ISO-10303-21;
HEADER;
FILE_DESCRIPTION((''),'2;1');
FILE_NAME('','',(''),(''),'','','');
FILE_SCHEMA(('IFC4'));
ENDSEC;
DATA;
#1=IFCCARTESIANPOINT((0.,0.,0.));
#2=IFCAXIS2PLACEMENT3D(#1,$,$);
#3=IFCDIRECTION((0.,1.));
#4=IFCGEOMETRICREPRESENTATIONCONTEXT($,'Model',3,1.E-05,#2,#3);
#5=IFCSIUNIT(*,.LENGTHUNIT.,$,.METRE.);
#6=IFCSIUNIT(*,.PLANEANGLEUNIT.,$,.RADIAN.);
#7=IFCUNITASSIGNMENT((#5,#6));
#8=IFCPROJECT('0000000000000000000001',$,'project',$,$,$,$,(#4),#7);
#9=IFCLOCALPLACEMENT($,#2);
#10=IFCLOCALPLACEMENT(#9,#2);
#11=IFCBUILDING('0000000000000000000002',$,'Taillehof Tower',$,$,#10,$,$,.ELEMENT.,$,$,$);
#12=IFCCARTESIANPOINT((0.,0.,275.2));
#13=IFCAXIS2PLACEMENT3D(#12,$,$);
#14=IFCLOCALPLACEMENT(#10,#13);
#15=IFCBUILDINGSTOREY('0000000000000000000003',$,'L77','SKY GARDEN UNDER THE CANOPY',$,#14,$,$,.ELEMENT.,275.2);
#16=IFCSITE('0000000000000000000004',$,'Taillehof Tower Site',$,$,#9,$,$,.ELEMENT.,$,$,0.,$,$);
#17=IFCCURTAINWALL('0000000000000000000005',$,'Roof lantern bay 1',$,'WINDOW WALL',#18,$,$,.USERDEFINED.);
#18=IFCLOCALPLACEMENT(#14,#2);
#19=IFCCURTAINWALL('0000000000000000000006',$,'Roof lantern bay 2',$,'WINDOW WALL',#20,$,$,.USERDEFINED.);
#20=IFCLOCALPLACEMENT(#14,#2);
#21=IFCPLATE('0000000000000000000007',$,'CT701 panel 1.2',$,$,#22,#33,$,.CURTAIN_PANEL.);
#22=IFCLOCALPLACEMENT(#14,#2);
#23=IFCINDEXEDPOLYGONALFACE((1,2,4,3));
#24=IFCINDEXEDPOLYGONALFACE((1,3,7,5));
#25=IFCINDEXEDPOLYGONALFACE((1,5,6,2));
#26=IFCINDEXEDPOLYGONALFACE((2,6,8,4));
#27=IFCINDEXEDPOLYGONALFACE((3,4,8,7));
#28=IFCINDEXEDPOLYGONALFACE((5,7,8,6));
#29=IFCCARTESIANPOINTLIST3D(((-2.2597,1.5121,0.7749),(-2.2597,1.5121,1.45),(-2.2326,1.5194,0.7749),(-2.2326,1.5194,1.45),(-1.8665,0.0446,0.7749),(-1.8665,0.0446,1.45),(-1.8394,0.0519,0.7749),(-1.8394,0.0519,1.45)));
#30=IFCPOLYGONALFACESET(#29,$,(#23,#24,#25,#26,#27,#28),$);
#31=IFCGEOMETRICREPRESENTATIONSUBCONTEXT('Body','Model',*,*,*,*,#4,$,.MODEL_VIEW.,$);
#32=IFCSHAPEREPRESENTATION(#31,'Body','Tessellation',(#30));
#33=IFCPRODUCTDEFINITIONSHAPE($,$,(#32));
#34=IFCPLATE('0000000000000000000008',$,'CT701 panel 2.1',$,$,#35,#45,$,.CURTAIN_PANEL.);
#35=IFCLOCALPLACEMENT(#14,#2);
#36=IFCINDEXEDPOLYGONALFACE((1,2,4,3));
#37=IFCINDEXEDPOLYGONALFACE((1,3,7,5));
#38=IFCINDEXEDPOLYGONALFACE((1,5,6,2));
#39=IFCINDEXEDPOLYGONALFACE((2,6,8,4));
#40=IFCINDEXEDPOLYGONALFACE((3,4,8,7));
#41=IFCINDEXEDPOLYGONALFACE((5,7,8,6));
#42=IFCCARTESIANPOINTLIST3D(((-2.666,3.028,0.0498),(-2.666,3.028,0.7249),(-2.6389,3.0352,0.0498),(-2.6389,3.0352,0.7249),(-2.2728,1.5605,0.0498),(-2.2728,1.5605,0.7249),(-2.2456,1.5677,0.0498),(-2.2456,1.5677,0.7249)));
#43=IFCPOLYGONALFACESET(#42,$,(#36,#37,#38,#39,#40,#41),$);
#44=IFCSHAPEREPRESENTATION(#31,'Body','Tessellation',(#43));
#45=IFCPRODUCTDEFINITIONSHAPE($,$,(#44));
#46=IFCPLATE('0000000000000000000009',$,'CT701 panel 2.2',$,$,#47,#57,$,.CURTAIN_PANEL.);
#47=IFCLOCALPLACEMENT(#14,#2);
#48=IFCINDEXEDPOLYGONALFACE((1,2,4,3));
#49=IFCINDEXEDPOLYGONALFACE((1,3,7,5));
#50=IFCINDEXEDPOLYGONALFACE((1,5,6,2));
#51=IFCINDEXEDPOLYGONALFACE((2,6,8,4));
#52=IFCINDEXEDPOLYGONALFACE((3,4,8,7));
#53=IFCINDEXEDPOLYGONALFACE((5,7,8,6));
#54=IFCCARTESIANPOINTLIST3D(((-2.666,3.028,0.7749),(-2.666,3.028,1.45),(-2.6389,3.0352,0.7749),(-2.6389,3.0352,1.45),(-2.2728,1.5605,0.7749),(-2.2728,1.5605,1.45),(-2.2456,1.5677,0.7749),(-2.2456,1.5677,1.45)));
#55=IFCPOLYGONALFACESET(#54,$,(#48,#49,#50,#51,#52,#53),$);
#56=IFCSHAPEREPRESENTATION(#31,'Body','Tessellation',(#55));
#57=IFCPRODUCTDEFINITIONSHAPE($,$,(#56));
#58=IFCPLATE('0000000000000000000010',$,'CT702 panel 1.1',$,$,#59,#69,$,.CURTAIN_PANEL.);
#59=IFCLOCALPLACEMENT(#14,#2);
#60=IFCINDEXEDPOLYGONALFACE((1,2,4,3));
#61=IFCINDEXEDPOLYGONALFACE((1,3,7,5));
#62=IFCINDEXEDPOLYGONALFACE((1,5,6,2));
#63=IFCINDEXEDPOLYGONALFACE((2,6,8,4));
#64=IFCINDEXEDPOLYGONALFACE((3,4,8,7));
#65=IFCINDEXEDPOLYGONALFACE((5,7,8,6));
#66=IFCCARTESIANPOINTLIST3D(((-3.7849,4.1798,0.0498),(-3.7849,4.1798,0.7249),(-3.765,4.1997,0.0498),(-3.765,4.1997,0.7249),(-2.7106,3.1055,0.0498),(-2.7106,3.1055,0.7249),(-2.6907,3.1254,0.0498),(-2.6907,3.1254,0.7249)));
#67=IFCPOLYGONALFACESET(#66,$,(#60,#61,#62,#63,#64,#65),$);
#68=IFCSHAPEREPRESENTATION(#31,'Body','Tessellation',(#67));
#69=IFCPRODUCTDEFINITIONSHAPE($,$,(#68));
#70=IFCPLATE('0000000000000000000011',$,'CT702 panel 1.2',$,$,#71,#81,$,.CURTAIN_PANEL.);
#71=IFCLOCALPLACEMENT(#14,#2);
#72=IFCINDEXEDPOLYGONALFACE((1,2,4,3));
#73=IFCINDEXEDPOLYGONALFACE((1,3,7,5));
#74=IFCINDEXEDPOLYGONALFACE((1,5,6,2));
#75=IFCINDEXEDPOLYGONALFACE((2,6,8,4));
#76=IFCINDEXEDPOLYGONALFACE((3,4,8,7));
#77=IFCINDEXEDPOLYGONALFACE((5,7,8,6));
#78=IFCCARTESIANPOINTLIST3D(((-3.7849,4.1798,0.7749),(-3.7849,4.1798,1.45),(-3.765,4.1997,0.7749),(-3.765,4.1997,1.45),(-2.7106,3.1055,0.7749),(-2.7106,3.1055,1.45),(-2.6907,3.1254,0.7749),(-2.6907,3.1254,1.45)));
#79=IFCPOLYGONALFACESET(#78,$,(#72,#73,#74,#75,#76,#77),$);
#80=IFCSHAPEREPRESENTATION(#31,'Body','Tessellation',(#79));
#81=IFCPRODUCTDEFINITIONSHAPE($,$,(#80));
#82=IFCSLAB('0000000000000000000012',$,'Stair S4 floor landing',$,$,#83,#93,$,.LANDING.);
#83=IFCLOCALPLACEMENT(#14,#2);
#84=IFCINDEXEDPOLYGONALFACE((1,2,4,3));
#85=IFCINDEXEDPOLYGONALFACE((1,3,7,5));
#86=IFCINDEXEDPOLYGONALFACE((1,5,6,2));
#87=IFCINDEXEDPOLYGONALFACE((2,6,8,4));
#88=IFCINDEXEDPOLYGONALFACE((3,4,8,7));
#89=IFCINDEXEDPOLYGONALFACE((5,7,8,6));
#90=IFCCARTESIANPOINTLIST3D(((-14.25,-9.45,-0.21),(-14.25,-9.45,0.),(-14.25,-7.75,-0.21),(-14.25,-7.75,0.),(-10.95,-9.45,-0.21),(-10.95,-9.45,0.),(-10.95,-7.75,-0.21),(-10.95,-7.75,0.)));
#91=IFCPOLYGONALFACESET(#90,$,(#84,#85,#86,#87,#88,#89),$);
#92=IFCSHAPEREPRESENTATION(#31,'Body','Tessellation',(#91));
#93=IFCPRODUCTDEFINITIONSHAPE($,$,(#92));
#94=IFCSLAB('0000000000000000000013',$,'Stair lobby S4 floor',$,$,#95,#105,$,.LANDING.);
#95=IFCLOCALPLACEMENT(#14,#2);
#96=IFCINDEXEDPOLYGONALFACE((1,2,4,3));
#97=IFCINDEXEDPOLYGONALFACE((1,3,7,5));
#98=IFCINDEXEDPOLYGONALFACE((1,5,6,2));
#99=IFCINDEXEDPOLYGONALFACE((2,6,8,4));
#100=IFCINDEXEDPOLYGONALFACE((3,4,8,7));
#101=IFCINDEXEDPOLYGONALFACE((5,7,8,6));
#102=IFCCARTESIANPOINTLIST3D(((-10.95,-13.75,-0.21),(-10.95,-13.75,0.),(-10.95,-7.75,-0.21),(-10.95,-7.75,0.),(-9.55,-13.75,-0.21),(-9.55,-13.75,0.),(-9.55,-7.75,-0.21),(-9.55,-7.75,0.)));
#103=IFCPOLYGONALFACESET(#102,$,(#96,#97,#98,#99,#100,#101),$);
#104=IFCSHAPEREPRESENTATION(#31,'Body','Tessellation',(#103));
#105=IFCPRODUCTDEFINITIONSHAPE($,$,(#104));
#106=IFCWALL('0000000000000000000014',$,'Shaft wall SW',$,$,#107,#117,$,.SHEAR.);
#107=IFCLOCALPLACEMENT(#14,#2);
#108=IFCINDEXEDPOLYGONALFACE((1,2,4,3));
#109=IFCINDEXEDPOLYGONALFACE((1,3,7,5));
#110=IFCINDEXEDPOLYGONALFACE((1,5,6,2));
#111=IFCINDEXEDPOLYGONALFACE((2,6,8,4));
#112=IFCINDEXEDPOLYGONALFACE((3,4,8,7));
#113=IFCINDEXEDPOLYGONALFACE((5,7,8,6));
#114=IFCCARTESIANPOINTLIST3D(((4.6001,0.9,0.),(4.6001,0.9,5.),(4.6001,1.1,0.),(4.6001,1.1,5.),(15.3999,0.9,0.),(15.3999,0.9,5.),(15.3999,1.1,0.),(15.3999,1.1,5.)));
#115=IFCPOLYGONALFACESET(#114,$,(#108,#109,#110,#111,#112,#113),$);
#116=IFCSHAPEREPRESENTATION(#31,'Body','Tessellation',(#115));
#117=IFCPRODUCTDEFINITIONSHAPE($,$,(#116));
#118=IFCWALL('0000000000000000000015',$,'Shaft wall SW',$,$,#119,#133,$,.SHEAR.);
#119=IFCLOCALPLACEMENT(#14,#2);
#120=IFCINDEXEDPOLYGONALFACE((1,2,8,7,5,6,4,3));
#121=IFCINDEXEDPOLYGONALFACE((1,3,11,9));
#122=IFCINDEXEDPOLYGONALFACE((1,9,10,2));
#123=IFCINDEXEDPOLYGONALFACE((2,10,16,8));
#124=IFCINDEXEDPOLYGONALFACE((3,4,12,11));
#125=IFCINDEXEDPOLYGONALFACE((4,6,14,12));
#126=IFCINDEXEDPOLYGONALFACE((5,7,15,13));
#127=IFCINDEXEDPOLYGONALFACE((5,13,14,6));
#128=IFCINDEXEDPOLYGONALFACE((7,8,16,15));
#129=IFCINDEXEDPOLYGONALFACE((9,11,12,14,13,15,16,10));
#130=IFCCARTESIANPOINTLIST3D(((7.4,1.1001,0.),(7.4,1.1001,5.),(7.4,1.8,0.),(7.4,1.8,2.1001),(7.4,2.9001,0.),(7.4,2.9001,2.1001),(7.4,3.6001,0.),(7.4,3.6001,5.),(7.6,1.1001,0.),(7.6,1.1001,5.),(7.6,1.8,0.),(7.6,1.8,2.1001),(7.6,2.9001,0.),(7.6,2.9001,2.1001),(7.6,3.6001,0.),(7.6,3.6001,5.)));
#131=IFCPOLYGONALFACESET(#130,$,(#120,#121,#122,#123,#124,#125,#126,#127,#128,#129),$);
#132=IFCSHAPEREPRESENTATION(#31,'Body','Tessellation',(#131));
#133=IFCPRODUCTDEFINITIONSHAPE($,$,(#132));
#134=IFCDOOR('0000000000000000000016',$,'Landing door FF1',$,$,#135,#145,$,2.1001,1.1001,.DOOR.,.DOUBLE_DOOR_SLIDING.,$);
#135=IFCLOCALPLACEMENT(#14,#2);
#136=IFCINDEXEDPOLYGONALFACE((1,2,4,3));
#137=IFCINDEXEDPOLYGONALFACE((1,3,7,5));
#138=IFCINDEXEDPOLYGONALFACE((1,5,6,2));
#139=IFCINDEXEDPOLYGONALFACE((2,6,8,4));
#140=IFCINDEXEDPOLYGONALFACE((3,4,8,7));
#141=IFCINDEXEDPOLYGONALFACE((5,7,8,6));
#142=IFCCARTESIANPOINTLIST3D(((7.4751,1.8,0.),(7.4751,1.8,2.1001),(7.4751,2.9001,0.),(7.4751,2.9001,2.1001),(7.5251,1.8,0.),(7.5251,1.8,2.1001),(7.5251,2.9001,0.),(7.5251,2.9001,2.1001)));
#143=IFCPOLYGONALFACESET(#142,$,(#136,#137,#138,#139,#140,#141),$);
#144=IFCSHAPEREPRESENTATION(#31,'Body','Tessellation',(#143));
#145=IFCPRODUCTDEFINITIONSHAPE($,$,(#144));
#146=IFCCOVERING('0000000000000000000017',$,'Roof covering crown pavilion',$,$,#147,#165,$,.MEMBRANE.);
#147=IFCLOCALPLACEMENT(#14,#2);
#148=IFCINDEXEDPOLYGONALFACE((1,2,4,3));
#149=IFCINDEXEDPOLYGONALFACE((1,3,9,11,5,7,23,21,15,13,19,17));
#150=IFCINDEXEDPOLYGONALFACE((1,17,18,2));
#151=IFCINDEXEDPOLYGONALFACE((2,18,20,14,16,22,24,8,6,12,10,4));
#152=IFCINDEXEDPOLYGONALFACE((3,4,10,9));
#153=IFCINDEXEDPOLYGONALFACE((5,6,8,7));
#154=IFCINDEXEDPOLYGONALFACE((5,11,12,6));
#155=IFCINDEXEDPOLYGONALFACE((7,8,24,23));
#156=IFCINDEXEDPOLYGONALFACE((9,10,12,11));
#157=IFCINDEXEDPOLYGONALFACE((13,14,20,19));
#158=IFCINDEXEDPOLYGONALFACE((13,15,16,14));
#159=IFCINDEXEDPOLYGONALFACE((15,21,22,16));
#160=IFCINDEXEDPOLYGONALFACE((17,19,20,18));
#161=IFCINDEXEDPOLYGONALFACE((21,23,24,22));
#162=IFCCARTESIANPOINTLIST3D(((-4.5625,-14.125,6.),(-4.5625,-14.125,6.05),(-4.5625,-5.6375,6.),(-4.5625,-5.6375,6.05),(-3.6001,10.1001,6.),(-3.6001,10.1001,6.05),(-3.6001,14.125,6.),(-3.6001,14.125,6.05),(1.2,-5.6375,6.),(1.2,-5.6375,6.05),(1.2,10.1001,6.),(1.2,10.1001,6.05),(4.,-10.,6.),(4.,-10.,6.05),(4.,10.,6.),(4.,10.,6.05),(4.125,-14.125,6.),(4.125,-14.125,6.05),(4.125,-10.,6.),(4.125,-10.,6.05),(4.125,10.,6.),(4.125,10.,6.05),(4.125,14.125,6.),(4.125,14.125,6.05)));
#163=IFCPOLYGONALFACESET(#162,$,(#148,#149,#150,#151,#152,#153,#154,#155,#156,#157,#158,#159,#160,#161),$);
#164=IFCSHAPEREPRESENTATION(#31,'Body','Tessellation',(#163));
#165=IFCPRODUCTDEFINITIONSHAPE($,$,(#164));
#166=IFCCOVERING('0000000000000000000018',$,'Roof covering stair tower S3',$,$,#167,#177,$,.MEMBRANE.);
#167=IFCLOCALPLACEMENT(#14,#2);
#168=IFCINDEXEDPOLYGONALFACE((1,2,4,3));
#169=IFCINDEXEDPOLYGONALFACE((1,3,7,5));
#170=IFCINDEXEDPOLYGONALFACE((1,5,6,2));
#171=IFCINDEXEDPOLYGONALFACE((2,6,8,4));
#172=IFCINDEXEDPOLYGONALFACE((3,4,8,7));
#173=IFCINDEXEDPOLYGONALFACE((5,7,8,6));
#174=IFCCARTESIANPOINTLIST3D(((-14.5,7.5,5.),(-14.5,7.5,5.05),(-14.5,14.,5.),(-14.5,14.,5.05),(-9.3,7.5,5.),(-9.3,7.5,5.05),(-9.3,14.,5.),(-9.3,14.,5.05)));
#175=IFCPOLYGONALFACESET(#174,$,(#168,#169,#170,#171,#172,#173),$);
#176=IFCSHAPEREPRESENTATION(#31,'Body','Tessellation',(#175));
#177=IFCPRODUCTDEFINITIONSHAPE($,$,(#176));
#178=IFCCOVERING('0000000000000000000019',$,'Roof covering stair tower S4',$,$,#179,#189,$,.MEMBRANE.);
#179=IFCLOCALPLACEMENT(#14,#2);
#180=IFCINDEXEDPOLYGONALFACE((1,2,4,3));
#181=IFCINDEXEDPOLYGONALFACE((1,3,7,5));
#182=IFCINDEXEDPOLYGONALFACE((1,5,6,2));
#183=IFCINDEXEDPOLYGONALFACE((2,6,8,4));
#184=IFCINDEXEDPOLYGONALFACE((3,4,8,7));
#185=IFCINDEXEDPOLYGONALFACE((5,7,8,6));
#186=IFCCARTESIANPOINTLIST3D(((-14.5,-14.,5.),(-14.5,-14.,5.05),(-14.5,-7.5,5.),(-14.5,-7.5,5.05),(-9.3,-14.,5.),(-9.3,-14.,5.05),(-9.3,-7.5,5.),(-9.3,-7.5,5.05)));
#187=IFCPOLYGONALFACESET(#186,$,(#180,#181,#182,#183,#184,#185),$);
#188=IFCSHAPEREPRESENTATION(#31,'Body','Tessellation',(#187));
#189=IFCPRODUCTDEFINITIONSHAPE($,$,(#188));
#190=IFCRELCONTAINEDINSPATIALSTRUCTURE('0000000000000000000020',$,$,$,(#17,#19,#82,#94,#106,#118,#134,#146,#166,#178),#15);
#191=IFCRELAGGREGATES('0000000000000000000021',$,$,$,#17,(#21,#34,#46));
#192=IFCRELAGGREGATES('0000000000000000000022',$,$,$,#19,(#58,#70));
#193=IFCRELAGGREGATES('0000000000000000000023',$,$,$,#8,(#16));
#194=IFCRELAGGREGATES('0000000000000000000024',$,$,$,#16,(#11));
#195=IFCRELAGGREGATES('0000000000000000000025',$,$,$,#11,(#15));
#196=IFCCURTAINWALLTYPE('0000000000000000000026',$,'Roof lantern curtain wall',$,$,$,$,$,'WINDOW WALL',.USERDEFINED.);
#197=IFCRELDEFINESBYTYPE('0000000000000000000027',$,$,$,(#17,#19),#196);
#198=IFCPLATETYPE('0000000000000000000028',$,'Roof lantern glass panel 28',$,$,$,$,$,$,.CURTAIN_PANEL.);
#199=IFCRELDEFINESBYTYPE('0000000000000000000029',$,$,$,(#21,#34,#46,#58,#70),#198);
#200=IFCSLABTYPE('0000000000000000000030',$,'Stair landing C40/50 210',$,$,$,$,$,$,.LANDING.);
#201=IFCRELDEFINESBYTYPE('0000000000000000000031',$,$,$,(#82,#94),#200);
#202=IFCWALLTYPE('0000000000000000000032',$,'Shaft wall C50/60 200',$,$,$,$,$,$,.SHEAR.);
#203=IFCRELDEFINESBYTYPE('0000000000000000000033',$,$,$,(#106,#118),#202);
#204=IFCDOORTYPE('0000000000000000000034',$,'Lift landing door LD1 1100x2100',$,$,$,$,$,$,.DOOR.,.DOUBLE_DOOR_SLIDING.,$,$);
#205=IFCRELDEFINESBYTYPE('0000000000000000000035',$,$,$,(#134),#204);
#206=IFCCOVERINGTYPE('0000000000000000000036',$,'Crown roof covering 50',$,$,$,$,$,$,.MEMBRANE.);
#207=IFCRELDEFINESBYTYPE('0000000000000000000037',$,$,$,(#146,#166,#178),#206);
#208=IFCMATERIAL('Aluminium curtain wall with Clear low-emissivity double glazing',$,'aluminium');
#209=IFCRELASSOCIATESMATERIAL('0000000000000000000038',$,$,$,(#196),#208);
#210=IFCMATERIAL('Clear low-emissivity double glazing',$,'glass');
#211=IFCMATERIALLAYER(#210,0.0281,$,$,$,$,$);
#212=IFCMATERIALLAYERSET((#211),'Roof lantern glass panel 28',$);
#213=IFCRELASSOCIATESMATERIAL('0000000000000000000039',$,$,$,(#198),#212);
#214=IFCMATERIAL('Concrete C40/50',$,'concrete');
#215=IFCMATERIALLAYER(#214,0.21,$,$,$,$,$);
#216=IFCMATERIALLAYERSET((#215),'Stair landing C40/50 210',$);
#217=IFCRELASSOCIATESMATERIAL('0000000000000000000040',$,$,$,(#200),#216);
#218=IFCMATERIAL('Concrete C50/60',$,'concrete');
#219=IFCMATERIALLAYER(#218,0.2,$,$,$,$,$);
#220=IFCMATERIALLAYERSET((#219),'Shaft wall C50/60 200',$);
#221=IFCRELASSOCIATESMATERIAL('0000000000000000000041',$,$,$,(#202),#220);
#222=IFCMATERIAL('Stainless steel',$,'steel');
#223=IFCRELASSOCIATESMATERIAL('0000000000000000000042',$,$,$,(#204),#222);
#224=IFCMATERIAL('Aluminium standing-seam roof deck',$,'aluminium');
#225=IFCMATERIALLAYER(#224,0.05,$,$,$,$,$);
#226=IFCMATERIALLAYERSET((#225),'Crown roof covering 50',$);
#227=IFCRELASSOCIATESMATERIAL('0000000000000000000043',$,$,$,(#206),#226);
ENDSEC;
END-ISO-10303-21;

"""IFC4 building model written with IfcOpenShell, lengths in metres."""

from ifc_helpers import new_model, si_unit, direction, frame, frame_2d, origin, origin_2d, place, context, subcontext, project, spatial, polyline, rectangle, outline, extrude, material, layer, layer_set, type_object, element, fill, aggregate, save


model = new_model("IFC4")

# Units and contexts
model_context = context("Model", 3, precision=1e-05, world=origin(), true_north=direction((0.0, 1.0)))
body_context = subcontext(model_context, "Body", "Model", "MODEL_VIEW")
ifc_project = project(units=[si_unit("LENGTHUNIT", "METRE"), si_unit("PLANEANGLEUNIT", "RADIAN")], contexts=[model_context])

# Site, building, storey
site_placement = place(None, origin())
site = spatial("IfcSite", under=ifc_project, at=site_placement, Name="Taillehof Tower Site", CompositionType="ELEMENT", RefElevation=0.0)
building_placement = place(site_placement, origin())
building = spatial("IfcBuilding", under=site, at=building_placement, Name="Taillehof Tower", CompositionType="ELEMENT")
storey_placement = place(building_placement, frame((0.0, 0.0, 275.2)))
storey = spatial("IfcBuildingStorey", under=building, at=storey_placement, Name="L77", Description="SKY GARDEN UNDER THE CANOPY", CompositionType="ELEMENT", Elevation=275.2)

# Curtain wall
ifc_material_1 = material(Name="Aluminium curtain wall with Clear low-emissivity double glazing", Category="aluminium")
curtain_wall_type = type_object("IfcCurtainWallType", Name="Roof lantern curtain wall", ElementType="WINDOW WALL", PredefinedType="USERDEFINED", material=ifc_material_1)
curtain_wall_1_placement = place(storey_placement, origin())
curtain_wall_1 = element("IfcCurtainWall", 1, at=curtain_wall_1_placement, inside=storey, type_object=curtain_wall_type, Name="Roof lantern bay 1", ObjectType="WINDOW WALL", PredefinedType="USERDEFINED")

# Curtain wall
curtain_wall_2_placement = place(storey_placement, origin())
curtain_wall_2 = element("IfcCurtainWall", 2, at=curtain_wall_2_placement, inside=storey, type_object=curtain_wall_type, Name="Roof lantern bay 2", ObjectType="WINDOW WALL", PredefinedType="USERDEFINED")

# Plates
ifc_material_2 = material(Name="Clear low-emissivity double glazing", Category="glass")
ifc_layer_1 = layer(ifc_material_2, 0.0281)
ifc_layer_set_1 = layer_set([ifc_layer_1], Name="Roof lantern glass panel 28")
plate_type = type_object("IfcPlateType", Name="Roof lantern glass panel 28", PredefinedType="CURTAIN_PANEL", material=ifc_layer_set_1)
plate_1_placement = place(storey_placement, frame((-2.0496, 0.782, 0.7749), z_axis=(0.0, 0.0, 1.0), x_axis=(-0.258819, 0.965926, 0.0)))
plate_1 = element("IfcPlate", 3, at=plate_1_placement, type_object=plate_type, Name="CT701 panel 1.2", PredefinedType="CURTAIN_PANEL", context=body_context, shape_type="SweptSolid", body=[
    extrude(rectangle(XDim=1.5193, YDim=0.0281, at=origin_2d()), origin(), (0.0, 0.0, 1.0), 0.675),
])
plate_2_placement = place(storey_placement, frame((-2.4558, 2.2979, 0.0498), z_axis=(0.0, 0.0, 1.0), x_axis=(-0.258819, 0.965926, 0.0)))
plate_2 = element("IfcPlate", 4, at=plate_2_placement, type_object=plate_type, Name="CT701 panel 2.1", PredefinedType="CURTAIN_PANEL", context=body_context, shape_type="SweptSolid", body=[
    extrude(rectangle(XDim=1.5193, YDim=0.0281, at=origin_2d()), origin(), (0.0, 0.0, 1.0), 0.675),
])
plate_3_placement = place(storey_placement, frame((-2.4558, 2.2979, 0.7749), z_axis=(0.0, 0.0, 1.0), x_axis=(-0.258819, 0.965926, 0.0)))
plate_3 = element("IfcPlate", 5, at=plate_3_placement, type_object=plate_type, Name="CT701 panel 2.2", PredefinedType="CURTAIN_PANEL", context=body_context, shape_type="SweptSolid", body=[
    extrude(rectangle(XDim=1.5193, YDim=0.0281, at=origin_2d()), origin(), (0.0, 0.0, 1.0), 0.675),
])
aggregate(curtain_wall_1, [plate_1, plate_2, plate_3])
plate_4_placement = place(storey_placement, frame((-3.2378, 3.6526, 0.0498), z_axis=(0.0, 0.0, 1.0), x_axis=(-0.707107, 0.707107, 0.0)))
plate_4 = element("IfcPlate", 6, at=plate_4_placement, type_object=plate_type, Name="CT702 panel 1.1", PredefinedType="CURTAIN_PANEL", context=body_context, shape_type="SweptSolid", body=[
    extrude(rectangle(XDim=1.5193, YDim=0.0281, at=origin_2d()), origin(), (0.0, 0.0, 1.0), 0.675),
])
plate_5_placement = place(storey_placement, frame((-3.2378, 3.6526, 0.7749), z_axis=(0.0, 0.0, 1.0), x_axis=(-0.707107, 0.707107, 0.0)))
plate_5 = element("IfcPlate", 7, at=plate_5_placement, type_object=plate_type, Name="CT702 panel 1.2", PredefinedType="CURTAIN_PANEL", context=body_context, shape_type="SweptSolid", body=[
    extrude(rectangle(XDim=1.5193, YDim=0.0281, at=origin_2d()), origin(), (0.0, 0.0, 1.0), 0.675),
])
aggregate(curtain_wall_2, [plate_4, plate_5])

# Slabs
ifc_material_3 = material(Name="Concrete C40/50", Category="concrete")
ifc_layer_2 = layer(ifc_material_3, 0.21)
ifc_layer_set_2 = layer_set([ifc_layer_2], Name="Stair landing C40/50 210")
slab_type_1 = type_object("IfcSlabType", Name="Stair landing C40/50 210", PredefinedType="LANDING", material=ifc_layer_set_2)
slab_1_placement = place(storey_placement, frame((0.0, 0.0, -0.21)))
element("IfcSlab", 8, at=slab_1_placement, inside=storey, type_object=slab_type_1, Name="Stair S4 floor landing", PredefinedType="LANDING", context=body_context, shape_type="SweptSolid", body=[
    extrude(outline(polyline([(-14.25, -7.75), (-14.25, -9.45), (-10.95, -9.45), (-10.95, -7.75), (-14.25, -7.75)])), origin(), (0.0, 0.0, 1.0), 0.21),
])
slab_2_placement = place(storey_placement, frame((0.0, 0.0, -0.21)))
element("IfcSlab", 9, at=slab_2_placement, inside=storey, type_object=slab_type_1, Name="Stair lobby S4 floor", PredefinedType="LANDING", context=body_context, shape_type="SweptSolid", body=[
    extrude(outline(polyline([(-10.95, -13.75), (-9.55, -13.75), (-9.55, -7.75), (-10.95, -7.75), (-10.95, -13.75)])), origin(), (0.0, 0.0, 1.0), 0.21),
])

# Wall
ifc_material_4 = material(Name="Concrete C50/60", Category="concrete")
ifc_layer_3 = layer(ifc_material_4, 0.2)
ifc_layer_set_3 = layer_set([ifc_layer_3], Name="Shaft wall C50/60 200")
wall_type = type_object("IfcWallType", Name="Shaft wall C50/60 200", PredefinedType="SHEAR", material=ifc_layer_set_3)
wall_1_placement = place(storey_placement, frame((4.6001, 1.0, 0.0), z_axis=(0.0, 0.0, 1.0), x_axis=(1.0, 0.0, 0.0)))
element("IfcWall", 10, at=wall_1_placement, inside=storey, type_object=wall_type, Name="Shaft wall SW", PredefinedType="SHEAR", context=body_context, shape_type="SweptSolid", body=[
    extrude(rectangle(XDim=10.7998, YDim=0.2, at=frame_2d((5.3999, 0.0))), origin(), (0.0, 0.0, 1.0), 5.0),
])

# Wall, opening, door
wall_2_placement = place(storey_placement, frame((7.5, 1.1001, 0.0), z_axis=(0.0, 0.0, 1.0), x_axis=(0.0, 1.0, 0.0)))
wall_2 = element("IfcWall", 11, at=wall_2_placement, inside=storey, type_object=wall_type, Name="Shaft wall SW", PredefinedType="SHEAR", context=body_context, shape_type="SweptSolid", body=[
    extrude(rectangle(XDim=2.5, YDim=0.2, at=frame_2d((1.25, 0.0))), origin(), (0.0, 0.0, 1.0), 5.0),
])
opening_placement = place(wall_2_placement, frame((0.7, 0.0, 0.0)))
opening = element("IfcOpeningElement", 12, at=opening_placement, cuts=wall_2, PredefinedType="OPENING", context=body_context, shape_type="SweptSolid", body=[
    extrude(rectangle(XDim=1.1001, YDim=2.1001, at=frame_2d((0.55, 1.05))), frame((0.0, 0.1099, 0.0), z_axis=(0.0, -1.0, 0.0), x_axis=(1.0, 0.0, 0.0)), (0.0, 0.0, 1.0), 0.22),
])
ifc_material_5 = material(Name="Stainless steel", Category="steel")
door_type = type_object("IfcDoorType", Name="Lift landing door LD1 1100x2100", OperationType="DOUBLE_DOOR_SLIDING", PredefinedType="DOOR", material=ifc_material_5)
door_placement = place(opening_placement, origin())
door = element("IfcDoor", 13, at=door_placement, inside=storey, type_object=door_type, Name="Landing door FF1", OperationType="DOUBLE_DOOR_SLIDING", OverallHeight=2.1001, OverallWidth=1.1001, PredefinedType="DOOR", context=body_context, shape_type="SweptSolid", body=[
    extrude(rectangle(XDim=1.1001, YDim=2.1001, at=frame_2d((0.55, 1.05))), frame((0.0, 0.0249, 0.0), z_axis=(0.0, -1.0, 0.0), x_axis=(1.0, 0.0, 0.0)), (0.0, 0.0, 1.0), 0.05),
])
fill(opening, door)

# Coverings
ifc_material_6 = material(Name="Aluminium standing-seam roof deck", Category="aluminium")
ifc_layer_4 = layer(ifc_material_6, 0.05)
ifc_layer_set_4 = layer_set([ifc_layer_4], Name="Crown roof covering 50")
covering_type = type_object("IfcCoveringType", Name="Crown roof covering 50", PredefinedType="MEMBRANE", material=ifc_layer_set_4)
covering_1_placement = place(storey_placement, frame((0.0, 0.0, 6.0)))
element("IfcCovering", 14, at=covering_1_placement, inside=storey, type_object=covering_type, Name="Roof covering crown pavilion", PredefinedType="MEMBRANE", context=body_context, shape_type="SweptSolid", body=[
    extrude(outline(polyline([(-4.5625, -5.6375), (1.2, -5.6375), (1.2, 10.1001), (-3.6001, 10.1001), (-3.6001, 14.125), (4.125, 14.125), (4.125, 10.0), (4.0, 10.0), (4.0, -10.0), (4.125, -10.0), (4.125, -14.125), (-4.5625, -14.125), (-4.5625, -5.6375)])), origin(), (0.0, 0.0, 1.0), 0.05),
])
covering_2_placement = place(storey_placement, frame((0.0, 0.0, 5.0)))
element("IfcCovering", 15, at=covering_2_placement, inside=storey, type_object=covering_type, Name="Roof covering stair tower S3", PredefinedType="MEMBRANE", context=body_context, shape_type="SweptSolid", body=[
    extrude(outline(polyline([(-9.3, 7.5), (-14.5, 7.5), (-14.5, 14.0), (-9.3, 14.0), (-9.3, 7.5)])), origin(), (0.0, 0.0, 1.0), 0.05),
])
covering_3_placement = place(storey_placement, frame((0.0, 0.0, 5.0)))
element("IfcCovering", 16, at=covering_3_placement, inside=storey, type_object=covering_type, Name="Roof covering stair tower S4", PredefinedType="MEMBRANE", context=body_context, shape_type="SweptSolid", body=[
    extrude(outline(polyline([(-9.3, -14.0), (-14.5, -14.0), (-14.5, -7.5), (-9.3, -7.5), (-9.3, -14.0)])), origin(), (0.0, 0.0, 1.0), 0.05),
])

save(model, "model.ifc")
